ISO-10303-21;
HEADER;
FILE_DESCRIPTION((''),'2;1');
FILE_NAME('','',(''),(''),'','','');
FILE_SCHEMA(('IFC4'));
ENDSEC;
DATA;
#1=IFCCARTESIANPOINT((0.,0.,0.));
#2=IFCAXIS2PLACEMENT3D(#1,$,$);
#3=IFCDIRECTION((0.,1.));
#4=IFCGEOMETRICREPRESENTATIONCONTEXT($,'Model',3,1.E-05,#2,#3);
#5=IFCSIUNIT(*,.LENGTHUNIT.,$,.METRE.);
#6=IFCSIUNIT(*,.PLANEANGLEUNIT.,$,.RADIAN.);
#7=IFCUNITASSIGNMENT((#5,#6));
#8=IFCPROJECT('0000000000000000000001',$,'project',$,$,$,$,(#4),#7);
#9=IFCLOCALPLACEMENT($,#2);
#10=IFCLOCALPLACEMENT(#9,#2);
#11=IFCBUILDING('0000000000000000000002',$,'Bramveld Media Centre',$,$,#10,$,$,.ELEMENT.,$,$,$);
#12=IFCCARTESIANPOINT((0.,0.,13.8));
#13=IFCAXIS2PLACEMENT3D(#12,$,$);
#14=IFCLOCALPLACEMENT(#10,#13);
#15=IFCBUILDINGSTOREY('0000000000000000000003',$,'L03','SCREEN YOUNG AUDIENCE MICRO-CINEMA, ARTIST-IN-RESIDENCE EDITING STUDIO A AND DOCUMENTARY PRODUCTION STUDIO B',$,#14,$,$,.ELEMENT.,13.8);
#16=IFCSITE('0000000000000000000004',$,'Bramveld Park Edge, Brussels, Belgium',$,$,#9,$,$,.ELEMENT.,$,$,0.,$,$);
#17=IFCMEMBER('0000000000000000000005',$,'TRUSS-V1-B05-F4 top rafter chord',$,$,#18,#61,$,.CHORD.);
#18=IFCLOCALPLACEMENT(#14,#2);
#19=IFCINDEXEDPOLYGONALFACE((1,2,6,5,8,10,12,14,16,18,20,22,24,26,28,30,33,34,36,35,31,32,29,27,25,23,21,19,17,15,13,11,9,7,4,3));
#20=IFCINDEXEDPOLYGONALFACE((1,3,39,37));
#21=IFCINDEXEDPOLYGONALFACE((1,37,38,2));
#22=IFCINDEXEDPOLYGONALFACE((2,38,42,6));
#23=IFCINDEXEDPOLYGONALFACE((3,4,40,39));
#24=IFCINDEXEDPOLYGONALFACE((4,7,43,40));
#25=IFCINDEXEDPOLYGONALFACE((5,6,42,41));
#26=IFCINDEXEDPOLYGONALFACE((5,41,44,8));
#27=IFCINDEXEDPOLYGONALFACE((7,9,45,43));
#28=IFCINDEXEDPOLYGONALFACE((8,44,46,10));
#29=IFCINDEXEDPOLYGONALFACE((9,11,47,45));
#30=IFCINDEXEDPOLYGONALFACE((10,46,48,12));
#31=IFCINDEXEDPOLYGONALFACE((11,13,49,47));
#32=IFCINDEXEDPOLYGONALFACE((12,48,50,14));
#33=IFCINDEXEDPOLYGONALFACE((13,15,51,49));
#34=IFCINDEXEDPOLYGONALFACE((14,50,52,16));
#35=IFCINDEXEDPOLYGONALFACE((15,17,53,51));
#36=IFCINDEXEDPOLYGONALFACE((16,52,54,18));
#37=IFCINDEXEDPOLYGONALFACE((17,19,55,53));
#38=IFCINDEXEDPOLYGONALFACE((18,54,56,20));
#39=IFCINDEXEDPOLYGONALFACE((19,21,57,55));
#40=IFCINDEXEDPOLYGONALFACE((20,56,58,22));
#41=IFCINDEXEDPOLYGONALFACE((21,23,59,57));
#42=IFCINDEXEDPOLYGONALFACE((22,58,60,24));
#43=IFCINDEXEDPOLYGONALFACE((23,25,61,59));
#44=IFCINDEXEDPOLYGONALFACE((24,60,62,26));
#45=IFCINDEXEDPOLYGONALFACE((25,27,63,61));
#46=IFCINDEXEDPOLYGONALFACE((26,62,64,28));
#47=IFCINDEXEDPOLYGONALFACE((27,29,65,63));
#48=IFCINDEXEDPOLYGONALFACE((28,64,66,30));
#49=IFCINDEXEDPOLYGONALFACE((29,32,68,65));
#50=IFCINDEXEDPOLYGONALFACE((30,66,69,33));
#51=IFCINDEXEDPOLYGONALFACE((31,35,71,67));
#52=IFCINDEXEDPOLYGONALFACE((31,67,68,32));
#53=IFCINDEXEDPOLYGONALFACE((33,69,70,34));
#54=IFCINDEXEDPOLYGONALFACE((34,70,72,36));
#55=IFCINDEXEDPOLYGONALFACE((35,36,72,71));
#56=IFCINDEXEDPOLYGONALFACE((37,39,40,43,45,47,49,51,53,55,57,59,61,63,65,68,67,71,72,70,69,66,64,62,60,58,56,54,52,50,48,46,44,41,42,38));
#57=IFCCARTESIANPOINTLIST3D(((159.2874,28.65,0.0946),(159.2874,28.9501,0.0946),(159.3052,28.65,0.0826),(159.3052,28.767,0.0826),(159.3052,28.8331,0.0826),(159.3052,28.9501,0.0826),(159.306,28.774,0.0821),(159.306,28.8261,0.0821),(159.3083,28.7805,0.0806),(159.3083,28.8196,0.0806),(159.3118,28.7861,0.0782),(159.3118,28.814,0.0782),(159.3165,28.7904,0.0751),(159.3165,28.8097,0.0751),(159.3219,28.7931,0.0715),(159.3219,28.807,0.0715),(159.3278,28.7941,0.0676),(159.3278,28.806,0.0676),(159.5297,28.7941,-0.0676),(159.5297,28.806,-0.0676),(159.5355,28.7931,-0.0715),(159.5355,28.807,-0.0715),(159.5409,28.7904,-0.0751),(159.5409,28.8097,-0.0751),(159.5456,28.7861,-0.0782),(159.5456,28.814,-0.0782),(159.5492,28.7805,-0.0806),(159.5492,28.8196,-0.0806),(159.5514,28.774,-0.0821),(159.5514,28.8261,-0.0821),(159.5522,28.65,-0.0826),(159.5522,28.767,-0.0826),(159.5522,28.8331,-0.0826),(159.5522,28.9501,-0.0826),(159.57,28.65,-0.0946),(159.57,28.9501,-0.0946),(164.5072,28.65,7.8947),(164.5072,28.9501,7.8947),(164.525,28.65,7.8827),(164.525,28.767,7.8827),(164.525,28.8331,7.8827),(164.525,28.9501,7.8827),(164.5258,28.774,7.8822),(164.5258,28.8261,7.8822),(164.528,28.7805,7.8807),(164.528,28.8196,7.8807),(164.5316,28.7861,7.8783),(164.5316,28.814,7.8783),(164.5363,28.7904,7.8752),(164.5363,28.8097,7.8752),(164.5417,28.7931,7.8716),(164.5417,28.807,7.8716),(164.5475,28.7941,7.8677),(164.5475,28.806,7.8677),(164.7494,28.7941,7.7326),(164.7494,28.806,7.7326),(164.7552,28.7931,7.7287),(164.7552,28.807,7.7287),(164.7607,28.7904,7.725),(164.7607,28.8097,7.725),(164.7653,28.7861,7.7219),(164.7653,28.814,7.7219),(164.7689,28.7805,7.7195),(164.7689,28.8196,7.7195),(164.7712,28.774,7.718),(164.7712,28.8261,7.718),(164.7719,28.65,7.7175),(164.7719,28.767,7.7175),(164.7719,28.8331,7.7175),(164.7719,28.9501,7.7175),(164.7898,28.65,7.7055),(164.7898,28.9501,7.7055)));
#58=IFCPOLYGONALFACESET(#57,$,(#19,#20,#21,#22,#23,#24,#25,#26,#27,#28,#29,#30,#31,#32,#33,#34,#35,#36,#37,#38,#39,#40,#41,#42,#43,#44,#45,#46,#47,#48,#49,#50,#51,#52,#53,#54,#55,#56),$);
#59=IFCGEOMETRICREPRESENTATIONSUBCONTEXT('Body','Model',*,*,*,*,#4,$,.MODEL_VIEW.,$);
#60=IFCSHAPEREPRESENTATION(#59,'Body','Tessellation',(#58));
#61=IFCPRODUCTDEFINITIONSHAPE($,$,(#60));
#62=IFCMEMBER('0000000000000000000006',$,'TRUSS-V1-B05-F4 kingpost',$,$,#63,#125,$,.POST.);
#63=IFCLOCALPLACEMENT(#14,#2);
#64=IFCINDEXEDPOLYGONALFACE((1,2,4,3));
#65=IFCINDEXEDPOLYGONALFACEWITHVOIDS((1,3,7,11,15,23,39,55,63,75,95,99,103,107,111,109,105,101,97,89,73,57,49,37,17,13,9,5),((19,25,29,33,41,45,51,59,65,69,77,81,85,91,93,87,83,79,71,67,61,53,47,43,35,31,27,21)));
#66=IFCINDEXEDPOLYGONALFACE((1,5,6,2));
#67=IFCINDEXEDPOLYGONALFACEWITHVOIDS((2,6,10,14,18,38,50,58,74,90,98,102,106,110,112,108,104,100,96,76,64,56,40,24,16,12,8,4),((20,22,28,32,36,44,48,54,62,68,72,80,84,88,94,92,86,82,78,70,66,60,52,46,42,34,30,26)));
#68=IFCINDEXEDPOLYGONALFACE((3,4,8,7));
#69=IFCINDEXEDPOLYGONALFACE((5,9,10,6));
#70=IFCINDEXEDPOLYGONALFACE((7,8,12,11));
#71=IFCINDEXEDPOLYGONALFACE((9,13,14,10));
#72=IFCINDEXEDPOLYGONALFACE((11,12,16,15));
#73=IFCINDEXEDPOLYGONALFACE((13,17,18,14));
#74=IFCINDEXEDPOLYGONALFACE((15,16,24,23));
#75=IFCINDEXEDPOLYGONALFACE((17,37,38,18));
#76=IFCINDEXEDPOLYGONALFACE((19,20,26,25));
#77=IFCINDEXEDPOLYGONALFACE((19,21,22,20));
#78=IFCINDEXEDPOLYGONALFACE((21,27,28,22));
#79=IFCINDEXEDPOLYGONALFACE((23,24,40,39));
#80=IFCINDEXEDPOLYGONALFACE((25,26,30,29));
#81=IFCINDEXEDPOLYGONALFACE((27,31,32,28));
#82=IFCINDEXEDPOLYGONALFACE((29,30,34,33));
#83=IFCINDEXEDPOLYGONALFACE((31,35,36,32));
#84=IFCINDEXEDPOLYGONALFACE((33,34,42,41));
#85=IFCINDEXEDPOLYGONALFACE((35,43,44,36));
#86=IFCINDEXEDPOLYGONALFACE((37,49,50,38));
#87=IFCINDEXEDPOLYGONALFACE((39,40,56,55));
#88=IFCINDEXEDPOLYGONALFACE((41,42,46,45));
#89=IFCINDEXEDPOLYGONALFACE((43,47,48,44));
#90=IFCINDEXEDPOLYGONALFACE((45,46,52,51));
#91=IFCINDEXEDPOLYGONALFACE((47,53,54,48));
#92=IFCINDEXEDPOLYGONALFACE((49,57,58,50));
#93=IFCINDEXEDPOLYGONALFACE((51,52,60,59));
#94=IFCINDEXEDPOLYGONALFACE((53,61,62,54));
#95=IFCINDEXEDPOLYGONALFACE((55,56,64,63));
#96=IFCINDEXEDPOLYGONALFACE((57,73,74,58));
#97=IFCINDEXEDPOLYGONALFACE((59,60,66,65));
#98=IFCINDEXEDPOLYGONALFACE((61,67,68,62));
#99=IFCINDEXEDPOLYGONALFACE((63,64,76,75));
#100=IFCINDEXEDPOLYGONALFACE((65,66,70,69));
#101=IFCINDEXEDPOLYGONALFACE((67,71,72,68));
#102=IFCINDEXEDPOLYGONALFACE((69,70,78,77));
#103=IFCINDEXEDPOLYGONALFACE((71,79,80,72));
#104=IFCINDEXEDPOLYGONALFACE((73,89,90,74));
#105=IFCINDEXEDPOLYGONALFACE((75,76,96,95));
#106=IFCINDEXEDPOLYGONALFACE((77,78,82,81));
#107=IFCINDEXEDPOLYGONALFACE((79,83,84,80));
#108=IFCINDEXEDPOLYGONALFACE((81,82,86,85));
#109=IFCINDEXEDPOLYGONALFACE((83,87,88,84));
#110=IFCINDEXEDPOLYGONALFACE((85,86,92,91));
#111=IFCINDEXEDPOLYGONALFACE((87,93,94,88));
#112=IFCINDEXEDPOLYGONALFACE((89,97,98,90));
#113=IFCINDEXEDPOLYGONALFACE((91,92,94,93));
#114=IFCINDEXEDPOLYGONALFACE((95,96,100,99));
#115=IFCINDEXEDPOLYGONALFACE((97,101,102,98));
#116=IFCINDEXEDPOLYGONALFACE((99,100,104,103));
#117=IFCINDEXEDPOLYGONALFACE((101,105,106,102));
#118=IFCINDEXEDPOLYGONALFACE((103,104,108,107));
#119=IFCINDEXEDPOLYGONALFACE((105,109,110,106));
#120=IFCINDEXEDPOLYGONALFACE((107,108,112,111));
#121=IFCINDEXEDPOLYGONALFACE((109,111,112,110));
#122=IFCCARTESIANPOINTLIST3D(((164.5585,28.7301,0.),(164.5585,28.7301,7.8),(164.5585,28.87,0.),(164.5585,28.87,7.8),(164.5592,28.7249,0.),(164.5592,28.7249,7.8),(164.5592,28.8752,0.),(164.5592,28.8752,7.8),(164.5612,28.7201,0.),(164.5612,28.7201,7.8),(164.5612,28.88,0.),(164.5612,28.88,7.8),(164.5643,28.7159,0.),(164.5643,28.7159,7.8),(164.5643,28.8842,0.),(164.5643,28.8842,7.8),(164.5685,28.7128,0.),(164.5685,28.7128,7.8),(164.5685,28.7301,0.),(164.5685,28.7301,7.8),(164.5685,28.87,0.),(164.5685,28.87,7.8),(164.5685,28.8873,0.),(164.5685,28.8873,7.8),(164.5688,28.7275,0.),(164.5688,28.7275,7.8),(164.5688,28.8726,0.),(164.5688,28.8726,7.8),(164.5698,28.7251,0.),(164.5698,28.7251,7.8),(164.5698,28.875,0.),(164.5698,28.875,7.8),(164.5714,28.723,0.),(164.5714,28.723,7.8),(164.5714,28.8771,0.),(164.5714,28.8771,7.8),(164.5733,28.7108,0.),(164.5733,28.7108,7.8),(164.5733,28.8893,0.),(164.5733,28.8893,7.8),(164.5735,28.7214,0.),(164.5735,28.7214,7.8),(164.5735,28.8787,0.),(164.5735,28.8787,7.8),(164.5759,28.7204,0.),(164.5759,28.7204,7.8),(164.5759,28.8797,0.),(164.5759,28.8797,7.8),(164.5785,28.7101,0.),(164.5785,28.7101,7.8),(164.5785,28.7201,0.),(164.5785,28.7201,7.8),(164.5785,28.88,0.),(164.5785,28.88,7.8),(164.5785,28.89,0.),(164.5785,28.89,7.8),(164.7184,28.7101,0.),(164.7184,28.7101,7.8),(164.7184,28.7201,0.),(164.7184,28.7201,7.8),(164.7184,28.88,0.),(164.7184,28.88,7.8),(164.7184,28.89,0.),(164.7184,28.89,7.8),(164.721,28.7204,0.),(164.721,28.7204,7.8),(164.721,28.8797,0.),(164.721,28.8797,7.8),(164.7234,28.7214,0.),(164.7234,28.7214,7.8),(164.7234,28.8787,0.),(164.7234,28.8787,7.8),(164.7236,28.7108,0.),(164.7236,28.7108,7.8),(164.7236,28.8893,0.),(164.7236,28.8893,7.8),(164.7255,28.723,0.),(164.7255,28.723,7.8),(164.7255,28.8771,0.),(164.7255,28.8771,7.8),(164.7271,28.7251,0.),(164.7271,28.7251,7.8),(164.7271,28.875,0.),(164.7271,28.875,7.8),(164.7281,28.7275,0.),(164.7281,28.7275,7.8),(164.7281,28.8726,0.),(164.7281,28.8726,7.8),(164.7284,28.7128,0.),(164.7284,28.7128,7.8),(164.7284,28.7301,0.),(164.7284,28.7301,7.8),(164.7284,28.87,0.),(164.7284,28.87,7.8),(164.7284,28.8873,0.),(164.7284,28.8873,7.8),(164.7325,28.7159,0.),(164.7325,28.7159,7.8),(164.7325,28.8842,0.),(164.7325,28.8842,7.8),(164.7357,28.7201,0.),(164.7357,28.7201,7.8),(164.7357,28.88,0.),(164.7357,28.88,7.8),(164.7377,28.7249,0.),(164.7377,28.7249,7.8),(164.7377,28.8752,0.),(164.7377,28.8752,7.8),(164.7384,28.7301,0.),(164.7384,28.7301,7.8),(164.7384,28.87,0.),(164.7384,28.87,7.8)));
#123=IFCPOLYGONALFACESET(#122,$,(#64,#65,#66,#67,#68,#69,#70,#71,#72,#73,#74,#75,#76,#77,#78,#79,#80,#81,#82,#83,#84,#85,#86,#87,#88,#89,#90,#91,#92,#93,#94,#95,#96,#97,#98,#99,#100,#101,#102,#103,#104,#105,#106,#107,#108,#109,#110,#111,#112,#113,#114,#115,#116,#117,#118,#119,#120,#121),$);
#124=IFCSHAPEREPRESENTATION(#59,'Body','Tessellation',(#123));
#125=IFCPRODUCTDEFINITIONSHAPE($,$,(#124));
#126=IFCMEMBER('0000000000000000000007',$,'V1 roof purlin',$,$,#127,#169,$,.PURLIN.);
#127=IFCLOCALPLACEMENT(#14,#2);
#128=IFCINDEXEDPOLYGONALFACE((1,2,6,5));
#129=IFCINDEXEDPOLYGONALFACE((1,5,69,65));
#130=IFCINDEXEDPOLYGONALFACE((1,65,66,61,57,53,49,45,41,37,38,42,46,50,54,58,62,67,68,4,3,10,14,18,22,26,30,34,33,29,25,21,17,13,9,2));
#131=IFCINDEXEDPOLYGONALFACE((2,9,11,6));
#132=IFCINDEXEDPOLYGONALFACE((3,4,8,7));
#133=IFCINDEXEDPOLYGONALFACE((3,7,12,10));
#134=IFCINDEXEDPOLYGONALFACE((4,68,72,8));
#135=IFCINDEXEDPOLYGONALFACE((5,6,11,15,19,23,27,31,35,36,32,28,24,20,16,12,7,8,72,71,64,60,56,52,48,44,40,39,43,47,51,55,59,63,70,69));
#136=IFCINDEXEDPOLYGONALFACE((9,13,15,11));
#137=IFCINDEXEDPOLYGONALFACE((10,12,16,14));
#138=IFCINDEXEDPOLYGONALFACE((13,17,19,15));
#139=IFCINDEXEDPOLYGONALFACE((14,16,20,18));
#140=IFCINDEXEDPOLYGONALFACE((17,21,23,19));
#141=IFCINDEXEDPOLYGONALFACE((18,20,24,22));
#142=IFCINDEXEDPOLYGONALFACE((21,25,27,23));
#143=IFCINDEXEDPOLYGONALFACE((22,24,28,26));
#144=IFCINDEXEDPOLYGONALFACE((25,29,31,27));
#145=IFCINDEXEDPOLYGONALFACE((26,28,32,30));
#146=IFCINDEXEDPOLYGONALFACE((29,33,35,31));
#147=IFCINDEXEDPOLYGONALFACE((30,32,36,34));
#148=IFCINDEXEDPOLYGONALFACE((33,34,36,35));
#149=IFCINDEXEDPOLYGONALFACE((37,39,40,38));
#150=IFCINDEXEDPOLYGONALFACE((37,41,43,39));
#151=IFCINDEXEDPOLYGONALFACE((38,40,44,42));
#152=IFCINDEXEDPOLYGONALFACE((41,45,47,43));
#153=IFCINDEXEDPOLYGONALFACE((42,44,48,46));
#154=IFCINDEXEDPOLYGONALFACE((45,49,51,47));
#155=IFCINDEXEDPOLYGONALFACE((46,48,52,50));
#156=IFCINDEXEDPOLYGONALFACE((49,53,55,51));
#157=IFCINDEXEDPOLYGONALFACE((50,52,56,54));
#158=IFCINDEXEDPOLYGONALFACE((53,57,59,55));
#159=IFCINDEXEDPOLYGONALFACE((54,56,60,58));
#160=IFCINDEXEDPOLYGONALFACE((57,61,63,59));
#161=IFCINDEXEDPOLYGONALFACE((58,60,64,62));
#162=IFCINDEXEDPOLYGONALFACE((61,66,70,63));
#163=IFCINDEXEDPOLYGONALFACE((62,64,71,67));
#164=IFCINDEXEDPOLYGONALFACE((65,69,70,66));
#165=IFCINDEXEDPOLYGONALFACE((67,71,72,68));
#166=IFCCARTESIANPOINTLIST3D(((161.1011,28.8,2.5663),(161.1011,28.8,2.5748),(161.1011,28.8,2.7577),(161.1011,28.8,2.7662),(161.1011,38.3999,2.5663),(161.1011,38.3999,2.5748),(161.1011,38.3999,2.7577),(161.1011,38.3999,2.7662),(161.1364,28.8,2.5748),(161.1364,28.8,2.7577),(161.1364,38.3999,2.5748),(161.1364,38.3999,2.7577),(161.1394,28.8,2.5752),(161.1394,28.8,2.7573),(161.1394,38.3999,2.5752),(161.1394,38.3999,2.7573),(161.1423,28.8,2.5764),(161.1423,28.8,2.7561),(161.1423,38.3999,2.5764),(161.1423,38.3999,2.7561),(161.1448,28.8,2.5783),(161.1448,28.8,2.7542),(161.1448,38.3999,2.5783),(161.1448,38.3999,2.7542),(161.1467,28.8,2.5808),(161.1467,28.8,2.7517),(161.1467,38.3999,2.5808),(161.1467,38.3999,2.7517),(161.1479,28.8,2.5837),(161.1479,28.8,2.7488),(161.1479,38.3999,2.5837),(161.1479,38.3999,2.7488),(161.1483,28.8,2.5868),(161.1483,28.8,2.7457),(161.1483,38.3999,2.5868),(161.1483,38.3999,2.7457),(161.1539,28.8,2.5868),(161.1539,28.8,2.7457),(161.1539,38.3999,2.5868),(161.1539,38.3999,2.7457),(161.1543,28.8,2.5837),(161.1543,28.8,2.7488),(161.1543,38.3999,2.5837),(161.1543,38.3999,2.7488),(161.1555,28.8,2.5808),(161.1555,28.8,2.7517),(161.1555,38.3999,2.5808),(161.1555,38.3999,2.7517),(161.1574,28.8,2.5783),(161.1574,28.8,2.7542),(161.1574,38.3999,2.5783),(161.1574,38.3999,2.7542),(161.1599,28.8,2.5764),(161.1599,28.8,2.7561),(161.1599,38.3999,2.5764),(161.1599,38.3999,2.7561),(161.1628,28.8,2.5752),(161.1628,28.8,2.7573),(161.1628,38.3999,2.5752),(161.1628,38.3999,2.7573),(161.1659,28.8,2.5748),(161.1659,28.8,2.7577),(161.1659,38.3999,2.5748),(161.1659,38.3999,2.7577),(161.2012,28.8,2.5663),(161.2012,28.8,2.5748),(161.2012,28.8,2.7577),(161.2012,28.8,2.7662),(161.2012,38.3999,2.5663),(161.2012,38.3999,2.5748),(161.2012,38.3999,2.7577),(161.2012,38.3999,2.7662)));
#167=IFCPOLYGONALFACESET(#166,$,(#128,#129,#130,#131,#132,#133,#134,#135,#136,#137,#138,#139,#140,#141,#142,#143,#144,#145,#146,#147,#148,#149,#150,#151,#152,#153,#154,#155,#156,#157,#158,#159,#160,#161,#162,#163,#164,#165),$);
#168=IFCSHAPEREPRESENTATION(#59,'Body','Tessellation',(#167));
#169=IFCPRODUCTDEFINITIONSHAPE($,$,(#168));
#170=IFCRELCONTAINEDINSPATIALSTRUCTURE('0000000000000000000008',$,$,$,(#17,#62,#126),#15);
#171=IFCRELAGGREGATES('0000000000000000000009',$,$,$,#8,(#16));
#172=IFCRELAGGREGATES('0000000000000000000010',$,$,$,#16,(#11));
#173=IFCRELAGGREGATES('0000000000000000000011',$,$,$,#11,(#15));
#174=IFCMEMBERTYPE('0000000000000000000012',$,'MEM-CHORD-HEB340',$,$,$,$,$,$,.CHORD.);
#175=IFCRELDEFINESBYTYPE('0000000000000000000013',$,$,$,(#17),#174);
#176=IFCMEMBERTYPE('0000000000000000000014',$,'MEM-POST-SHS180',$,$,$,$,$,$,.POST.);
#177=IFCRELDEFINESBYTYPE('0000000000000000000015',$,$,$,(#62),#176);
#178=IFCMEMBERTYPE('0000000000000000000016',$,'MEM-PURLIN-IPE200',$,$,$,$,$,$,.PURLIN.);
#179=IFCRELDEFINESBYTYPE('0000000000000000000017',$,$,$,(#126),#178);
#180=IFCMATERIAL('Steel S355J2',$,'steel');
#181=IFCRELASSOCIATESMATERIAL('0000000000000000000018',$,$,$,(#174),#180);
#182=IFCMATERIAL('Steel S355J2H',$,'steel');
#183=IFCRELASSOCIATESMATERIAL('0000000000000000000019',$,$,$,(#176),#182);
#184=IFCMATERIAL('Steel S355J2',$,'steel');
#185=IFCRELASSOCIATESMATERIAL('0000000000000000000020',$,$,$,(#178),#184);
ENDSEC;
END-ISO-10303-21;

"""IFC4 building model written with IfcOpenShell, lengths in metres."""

from ifc_helpers import new_model, si_unit, direction, frame, origin, origin_2d, place, context, subcontext, project, spatial, hollow_rectangle, i_section, extrude, material, material_profile, profile_set, type_object, element, save


model = new_model("IFC4")

# Units and contexts
model_context = context("Model", 3, precision=1e-05, world=origin(), true_north=direction((0.0, 1.0)))
body_context = subcontext(model_context, "Body", "Model", "MODEL_VIEW")
ifc_project = project(units=[si_unit("LENGTHUNIT", "METRE"), si_unit("PLANEANGLEUNIT", "RADIAN")], contexts=[model_context])

# Site, building, storey
site_placement = place(None, origin())
site = spatial("IfcSite", under=ifc_project, at=site_placement, Name="Bramveld Park Edge, Brussels, Belgium", CompositionType="ELEMENT", RefElevation=0.0)
building_placement = place(site_placement, origin())
building = spatial("IfcBuilding", under=site, at=building_placement, Name="Bramveld Media Centre", CompositionType="ELEMENT")
storey_placement = place(building_placement, frame((0.0, 0.0, 13.8)))
storey = spatial("IfcBuildingStorey", under=building, at=storey_placement, Name="L03", Description="SCREEN YOUNG AUDIENCE MICRO-CINEMA, ARTIST-IN-RESIDENCE EDITING STUDIO A AND DOCUMENTARY PRODUCTION STUDIO B", CompositionType="ELEMENT", Elevation=13.8)

# Members
ifc_material_1 = material(Name="Steel S355J2", Category="steel")
ifc_material_profile_1 = material_profile(ifc_material_1, i_section(OverallWidth=0.3, OverallDepth=0.3401, WebThickness=0.012, FlangeThickness=0.0215, FilletRadius=0.0271, at=origin_2d()), Name="HEB 340")
ifc_profile_set_1 = profile_set([ifc_material_profile_1], Name="Steel S355J2")
member_type_1 = type_object("IfcMemberType", Name="MEM-CHORD-HEB340", PredefinedType="CHORD", material=ifc_profile_set_1)
member_1_placement = place(storey_placement, frame((159.4287, 28.8, 0.0), z_axis=(0.556152, 0.0, 0.831081), x_axis=(0.0, 1.0, 0.0)))
element("IfcMember", 1, at=member_1_placement, inside=storey, type_object=member_type_1, Name="TRUSS-V1-B05-F4 top rafter chord", PredefinedType="CHORD", context=body_context, shape_type="SweptSolid", body=[
    extrude(i_section(OverallWidth=0.3, OverallDepth=0.3401, WebThickness=0.012, FlangeThickness=0.0215, FilletRadius=0.0271, at=origin_2d()), origin(), (0.0, 0.0, 1.0), 9.3855),
])
ifc_material_2 = material(Name="Steel S355J2H", Category="steel")
ifc_material_profile_2 = material_profile(ifc_material_2, hollow_rectangle(XDim=0.1799, YDim=0.1799, WallThickness=0.01, InnerFilletRadius=0.01, OuterFilletRadius=0.02, at=origin_2d()), Name="SHS 180x180x10")
ifc_profile_set_2 = profile_set([ifc_material_profile_2], Name="Steel S355J2H")
member_type_2 = type_object("IfcMemberType", Name="MEM-POST-SHS180", PredefinedType="POST", material=ifc_profile_set_2)
member_2_placement = place(storey_placement, frame((164.6484, 28.8, 0.0), z_axis=(0.0, 0.0, 1.0), x_axis=(1.0, 0.0, 0.0)))
element("IfcMember", 2, at=member_2_placement, inside=storey, type_object=member_type_2, Name="TRUSS-V1-B05-F4 kingpost", PredefinedType="POST", context=body_context, shape_type="SweptSolid", body=[
    extrude(hollow_rectangle(XDim=0.1799, YDim=0.1799, WallThickness=0.01, InnerFilletRadius=0.01, OuterFilletRadius=0.02, at=origin_2d()), origin(), (0.0, 0.0, 1.0), 7.8),
])
ifc_material_3 = material(Name="Steel S355J2", Category="steel")
ifc_material_profile_3 = material_profile(ifc_material_3, i_section(OverallWidth=0.1001, OverallDepth=0.2, WebThickness=0.0056, FlangeThickness=0.0085, FilletRadius=0.012, at=origin_2d()), Name="IPE 200")
ifc_profile_set_3 = profile_set([ifc_material_profile_3], Name="Steel S355J2")
member_type_3 = type_object("IfcMemberType", Name="MEM-PURLIN-IPE200", PredefinedType="PURLIN", material=ifc_profile_set_3)
member_3_placement = place(storey_placement, frame((161.1511, 28.8, 2.6663), z_axis=(0.0, 1.0, 0.0), x_axis=(-1.0, 0.0, 0.0)))
element("IfcMember", 3, at=member_3_placement, inside=storey, type_object=member_type_3, Name="V1 roof purlin", PredefinedType="PURLIN", context=body_context, shape_type="SweptSolid", body=[
    extrude(i_section(OverallWidth=0.1001, OverallDepth=0.2, WebThickness=0.0056, FlangeThickness=0.0085, FilletRadius=0.012, at=origin_2d()), origin(), (0.0, 0.0, 1.0), 9.5999),
])

save(model, "model.ifc")
